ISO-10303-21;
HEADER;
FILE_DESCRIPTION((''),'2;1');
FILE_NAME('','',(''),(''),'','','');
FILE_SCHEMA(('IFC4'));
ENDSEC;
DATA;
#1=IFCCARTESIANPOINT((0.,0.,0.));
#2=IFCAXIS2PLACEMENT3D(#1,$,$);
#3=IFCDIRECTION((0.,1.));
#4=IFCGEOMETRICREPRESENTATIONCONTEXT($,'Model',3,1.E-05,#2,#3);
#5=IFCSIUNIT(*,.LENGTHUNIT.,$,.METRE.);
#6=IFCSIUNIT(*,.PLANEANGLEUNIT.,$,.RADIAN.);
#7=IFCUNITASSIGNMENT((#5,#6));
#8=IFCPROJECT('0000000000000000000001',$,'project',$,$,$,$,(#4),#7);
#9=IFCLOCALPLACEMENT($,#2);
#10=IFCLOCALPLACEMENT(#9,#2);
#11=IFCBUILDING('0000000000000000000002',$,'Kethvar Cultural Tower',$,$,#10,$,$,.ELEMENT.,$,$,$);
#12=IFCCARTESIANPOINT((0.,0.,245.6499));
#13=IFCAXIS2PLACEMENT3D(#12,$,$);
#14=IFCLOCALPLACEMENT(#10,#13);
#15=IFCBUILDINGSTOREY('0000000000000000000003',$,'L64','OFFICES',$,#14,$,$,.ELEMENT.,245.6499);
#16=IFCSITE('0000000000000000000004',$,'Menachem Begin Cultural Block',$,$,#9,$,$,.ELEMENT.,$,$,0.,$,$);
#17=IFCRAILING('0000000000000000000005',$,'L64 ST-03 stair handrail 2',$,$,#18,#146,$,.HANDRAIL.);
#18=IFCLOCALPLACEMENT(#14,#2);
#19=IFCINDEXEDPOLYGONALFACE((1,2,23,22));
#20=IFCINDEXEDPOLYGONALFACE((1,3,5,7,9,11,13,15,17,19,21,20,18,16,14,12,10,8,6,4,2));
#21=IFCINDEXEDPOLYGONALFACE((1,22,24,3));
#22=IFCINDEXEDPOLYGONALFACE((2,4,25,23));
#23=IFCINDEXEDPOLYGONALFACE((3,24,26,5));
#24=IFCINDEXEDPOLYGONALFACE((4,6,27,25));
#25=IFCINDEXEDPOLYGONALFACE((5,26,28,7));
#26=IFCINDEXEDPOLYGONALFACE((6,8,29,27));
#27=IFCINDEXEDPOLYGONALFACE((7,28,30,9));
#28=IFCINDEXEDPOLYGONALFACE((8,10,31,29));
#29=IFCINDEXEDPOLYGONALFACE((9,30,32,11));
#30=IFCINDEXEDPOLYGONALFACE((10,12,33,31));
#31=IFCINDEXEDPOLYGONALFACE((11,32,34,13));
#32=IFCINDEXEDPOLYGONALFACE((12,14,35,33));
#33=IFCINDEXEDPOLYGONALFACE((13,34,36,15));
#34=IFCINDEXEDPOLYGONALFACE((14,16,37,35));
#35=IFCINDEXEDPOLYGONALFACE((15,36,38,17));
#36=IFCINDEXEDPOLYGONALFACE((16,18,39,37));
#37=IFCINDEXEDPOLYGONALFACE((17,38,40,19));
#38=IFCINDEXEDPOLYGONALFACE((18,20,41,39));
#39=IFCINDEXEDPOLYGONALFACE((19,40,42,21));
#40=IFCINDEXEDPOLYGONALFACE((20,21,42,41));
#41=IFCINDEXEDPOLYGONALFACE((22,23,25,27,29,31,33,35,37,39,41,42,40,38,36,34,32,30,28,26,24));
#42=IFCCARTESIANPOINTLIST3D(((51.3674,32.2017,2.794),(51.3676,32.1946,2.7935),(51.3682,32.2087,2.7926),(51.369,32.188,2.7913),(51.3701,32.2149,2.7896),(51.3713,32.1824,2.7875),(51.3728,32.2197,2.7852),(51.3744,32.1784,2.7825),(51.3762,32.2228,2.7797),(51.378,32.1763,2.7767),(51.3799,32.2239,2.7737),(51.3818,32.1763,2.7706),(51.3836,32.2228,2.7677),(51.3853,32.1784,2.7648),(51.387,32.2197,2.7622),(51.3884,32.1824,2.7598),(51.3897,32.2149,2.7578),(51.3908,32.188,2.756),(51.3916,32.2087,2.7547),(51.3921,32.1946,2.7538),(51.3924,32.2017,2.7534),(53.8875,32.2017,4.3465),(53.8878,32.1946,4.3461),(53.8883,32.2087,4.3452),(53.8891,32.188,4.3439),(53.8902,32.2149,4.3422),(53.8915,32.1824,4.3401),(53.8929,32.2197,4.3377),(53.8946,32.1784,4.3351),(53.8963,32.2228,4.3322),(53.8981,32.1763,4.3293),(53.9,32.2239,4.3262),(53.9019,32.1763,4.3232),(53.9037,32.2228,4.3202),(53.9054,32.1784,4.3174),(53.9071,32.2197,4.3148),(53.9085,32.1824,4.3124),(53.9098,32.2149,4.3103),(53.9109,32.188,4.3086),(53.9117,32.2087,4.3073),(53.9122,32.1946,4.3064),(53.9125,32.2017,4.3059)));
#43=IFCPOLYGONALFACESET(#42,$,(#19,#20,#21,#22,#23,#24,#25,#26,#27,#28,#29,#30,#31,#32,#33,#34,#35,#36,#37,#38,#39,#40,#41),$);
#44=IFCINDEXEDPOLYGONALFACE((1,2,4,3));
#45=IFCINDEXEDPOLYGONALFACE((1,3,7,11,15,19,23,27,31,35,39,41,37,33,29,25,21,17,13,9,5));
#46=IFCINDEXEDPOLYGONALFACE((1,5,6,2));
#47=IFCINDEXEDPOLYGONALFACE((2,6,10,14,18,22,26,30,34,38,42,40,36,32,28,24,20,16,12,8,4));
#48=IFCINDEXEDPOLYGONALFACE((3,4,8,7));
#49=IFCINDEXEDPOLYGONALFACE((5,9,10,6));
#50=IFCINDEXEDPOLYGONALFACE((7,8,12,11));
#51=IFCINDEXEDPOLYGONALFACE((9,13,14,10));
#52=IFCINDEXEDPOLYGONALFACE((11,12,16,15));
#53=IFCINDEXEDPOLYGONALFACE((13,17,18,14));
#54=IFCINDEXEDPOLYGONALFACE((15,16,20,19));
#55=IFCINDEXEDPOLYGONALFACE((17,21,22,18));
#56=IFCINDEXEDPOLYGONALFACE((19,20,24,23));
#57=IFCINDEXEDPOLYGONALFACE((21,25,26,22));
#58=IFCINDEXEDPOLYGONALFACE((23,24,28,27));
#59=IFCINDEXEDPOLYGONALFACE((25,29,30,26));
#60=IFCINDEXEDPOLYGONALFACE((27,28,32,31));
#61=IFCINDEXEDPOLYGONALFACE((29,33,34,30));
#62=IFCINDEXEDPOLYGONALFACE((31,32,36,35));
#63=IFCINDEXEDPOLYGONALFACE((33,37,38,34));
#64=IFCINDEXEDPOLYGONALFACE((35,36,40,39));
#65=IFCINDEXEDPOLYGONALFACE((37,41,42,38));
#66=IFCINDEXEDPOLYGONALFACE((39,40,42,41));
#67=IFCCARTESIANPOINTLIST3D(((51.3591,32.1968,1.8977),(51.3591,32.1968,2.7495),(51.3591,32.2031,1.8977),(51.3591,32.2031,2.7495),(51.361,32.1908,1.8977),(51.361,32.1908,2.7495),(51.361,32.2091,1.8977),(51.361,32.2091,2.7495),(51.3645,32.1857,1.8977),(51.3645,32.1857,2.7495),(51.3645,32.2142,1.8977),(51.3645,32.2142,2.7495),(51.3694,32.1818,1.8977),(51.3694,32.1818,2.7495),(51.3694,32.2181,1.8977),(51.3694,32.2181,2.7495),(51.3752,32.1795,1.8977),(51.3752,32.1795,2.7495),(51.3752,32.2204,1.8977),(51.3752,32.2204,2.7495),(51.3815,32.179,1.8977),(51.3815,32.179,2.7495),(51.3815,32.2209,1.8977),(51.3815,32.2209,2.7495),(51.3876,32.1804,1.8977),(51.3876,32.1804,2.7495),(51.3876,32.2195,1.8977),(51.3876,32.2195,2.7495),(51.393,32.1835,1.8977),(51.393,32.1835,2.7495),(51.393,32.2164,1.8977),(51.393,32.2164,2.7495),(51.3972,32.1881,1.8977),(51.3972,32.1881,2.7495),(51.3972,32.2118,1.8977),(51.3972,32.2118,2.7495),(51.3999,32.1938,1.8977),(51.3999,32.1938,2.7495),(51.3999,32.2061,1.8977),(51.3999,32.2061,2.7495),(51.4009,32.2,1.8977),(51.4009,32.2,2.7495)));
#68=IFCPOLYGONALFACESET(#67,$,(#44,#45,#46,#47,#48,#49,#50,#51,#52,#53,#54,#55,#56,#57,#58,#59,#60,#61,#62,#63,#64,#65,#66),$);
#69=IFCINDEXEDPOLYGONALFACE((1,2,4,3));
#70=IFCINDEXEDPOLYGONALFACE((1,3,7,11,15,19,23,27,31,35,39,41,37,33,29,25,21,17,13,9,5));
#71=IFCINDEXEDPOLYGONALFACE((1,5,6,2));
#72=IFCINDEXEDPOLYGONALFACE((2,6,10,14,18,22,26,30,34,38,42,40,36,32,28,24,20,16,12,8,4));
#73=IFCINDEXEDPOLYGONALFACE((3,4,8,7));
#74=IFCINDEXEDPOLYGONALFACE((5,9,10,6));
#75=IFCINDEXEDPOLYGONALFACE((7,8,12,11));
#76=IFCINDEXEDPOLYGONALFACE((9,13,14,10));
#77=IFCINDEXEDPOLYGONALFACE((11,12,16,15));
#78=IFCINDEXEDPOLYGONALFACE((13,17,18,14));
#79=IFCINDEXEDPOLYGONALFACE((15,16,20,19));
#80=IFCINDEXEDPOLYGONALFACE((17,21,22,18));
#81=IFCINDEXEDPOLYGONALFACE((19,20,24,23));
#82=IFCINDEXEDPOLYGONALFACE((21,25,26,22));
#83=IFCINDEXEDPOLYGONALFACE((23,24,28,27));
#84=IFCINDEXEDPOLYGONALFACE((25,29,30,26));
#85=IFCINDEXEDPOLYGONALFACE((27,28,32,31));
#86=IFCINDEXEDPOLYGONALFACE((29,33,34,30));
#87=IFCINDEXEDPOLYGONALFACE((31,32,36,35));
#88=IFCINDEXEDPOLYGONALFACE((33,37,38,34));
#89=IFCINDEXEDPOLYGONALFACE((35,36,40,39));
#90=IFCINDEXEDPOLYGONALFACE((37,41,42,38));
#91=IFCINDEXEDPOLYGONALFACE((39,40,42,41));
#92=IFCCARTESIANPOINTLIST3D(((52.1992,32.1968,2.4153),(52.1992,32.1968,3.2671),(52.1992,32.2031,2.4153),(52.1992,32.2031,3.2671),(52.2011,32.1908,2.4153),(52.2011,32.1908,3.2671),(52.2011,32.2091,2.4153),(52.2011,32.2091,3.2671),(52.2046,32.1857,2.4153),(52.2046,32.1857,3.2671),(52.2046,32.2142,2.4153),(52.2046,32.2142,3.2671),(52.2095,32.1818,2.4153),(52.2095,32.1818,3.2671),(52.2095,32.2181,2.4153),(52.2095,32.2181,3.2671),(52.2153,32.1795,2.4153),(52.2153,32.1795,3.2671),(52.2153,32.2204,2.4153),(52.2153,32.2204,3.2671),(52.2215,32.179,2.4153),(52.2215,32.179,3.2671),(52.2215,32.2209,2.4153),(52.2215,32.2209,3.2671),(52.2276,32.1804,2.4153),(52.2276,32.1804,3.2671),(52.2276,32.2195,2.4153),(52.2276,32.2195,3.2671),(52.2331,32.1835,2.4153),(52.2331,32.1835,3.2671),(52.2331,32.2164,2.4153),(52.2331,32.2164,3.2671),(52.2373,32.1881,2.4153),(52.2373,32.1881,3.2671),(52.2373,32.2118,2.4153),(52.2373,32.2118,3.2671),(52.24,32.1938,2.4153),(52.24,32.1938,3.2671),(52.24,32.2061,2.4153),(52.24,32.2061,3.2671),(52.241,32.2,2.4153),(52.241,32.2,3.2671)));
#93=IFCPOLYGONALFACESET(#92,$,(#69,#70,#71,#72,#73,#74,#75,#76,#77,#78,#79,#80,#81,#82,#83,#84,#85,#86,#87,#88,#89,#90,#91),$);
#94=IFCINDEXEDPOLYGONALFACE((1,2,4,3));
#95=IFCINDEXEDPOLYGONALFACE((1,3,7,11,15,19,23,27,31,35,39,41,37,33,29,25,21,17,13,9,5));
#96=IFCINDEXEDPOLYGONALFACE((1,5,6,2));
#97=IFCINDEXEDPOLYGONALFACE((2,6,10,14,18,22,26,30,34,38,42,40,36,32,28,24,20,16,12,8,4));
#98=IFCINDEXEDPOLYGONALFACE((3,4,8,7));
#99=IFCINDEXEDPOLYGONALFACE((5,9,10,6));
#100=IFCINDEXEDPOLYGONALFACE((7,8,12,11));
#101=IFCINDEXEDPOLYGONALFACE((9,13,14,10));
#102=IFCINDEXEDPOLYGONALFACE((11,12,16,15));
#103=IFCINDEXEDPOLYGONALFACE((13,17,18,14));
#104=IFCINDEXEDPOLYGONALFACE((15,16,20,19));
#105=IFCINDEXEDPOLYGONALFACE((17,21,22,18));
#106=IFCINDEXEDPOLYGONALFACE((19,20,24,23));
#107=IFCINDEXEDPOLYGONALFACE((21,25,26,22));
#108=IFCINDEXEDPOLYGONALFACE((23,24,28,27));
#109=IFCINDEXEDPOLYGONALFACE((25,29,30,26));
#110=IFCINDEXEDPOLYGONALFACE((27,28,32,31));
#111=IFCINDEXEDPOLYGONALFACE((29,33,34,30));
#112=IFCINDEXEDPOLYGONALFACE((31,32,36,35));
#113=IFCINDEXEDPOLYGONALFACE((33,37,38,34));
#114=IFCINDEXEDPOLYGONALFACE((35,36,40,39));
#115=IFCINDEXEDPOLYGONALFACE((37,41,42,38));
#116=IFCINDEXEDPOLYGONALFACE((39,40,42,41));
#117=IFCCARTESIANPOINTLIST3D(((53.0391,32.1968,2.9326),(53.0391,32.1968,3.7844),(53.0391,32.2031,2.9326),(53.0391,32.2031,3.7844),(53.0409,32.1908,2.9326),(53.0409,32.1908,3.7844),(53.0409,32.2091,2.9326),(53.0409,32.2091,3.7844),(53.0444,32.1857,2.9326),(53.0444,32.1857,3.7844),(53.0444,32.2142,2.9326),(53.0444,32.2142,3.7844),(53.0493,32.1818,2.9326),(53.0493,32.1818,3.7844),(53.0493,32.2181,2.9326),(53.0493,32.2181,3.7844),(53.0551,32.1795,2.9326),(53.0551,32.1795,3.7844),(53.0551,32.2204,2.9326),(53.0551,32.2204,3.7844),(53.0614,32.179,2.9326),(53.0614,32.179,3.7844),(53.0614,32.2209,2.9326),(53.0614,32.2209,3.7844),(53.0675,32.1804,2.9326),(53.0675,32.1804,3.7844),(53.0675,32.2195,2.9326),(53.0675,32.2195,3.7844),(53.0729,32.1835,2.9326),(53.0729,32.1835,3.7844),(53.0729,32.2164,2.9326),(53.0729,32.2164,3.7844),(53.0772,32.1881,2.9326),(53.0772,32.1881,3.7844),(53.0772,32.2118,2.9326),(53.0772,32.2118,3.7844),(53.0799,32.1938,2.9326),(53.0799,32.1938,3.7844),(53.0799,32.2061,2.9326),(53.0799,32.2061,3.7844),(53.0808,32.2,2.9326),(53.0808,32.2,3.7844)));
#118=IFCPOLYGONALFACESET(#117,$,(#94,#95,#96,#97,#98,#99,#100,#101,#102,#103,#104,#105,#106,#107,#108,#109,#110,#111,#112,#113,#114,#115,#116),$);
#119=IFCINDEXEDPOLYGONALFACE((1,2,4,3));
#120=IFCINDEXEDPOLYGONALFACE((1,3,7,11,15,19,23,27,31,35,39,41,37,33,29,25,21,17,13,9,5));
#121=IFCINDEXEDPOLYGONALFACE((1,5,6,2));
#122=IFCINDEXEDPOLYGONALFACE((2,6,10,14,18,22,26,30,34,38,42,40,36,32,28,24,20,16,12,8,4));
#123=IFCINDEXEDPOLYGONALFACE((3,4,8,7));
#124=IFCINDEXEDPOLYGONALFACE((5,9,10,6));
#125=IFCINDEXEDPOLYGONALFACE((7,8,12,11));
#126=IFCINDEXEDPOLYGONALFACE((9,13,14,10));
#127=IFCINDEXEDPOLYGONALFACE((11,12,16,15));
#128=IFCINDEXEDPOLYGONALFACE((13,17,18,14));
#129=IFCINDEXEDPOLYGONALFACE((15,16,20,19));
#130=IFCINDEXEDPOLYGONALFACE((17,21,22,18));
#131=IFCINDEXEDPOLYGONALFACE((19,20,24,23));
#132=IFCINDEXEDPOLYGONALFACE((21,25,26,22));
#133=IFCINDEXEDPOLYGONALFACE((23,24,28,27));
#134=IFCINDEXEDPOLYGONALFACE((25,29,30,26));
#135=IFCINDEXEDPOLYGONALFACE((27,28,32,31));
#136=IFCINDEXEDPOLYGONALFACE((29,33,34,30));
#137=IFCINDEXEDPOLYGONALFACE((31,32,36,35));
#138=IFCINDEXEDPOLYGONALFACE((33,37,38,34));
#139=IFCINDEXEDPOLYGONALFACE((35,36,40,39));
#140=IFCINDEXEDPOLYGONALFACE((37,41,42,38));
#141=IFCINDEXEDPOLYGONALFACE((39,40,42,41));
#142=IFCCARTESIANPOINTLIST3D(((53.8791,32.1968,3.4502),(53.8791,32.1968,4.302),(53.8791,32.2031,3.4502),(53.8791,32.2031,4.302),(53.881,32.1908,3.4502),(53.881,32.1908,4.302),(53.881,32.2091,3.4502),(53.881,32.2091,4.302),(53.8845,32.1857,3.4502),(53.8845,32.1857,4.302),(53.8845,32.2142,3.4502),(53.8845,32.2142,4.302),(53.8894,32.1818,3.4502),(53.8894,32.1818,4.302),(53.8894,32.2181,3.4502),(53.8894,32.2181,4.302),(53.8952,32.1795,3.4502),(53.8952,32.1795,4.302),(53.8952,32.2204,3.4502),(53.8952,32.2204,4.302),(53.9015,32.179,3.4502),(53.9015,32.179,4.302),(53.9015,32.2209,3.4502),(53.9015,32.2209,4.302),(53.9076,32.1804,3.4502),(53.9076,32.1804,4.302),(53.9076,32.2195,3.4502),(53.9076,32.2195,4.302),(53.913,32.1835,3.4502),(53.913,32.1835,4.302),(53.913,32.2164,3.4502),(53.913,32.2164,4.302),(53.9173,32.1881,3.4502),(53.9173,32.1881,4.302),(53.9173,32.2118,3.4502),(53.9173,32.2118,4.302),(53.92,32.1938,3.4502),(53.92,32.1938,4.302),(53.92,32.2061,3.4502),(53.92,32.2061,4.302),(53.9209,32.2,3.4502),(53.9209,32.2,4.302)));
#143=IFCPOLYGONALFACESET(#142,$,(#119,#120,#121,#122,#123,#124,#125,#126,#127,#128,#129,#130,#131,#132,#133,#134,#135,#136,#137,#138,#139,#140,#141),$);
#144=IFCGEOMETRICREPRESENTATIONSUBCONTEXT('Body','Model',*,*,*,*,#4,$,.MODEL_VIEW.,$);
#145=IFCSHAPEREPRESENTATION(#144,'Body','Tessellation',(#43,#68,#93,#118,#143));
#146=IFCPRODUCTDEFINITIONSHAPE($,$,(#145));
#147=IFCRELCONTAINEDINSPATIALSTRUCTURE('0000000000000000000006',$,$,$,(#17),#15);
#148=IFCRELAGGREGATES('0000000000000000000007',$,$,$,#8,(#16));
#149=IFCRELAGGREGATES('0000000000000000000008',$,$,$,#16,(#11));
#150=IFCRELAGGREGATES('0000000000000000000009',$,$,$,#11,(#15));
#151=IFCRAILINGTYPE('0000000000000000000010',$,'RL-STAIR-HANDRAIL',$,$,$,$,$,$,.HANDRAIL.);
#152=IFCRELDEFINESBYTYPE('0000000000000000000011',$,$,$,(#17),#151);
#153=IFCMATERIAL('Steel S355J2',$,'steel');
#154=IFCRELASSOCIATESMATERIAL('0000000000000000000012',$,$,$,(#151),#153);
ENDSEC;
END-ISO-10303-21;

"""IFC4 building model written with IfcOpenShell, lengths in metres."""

from ifc_helpers import new_model, si_unit, direction, frame, origin, origin_2d, place, context, subcontext, project, spatial, circle, extrude, material, type_object, element, save


model = new_model("IFC4")

# Units and contexts
model_context = context("Model", 3, precision=1e-05, world=origin(), true_north=direction((0.0, 1.0)))
body_context = subcontext(model_context, "Body", "Model", "MODEL_VIEW")
ifc_project = project(units=[si_unit("LENGTHUNIT", "METRE"), si_unit("PLANEANGLEUNIT", "RADIAN")], contexts=[model_context])

# Site, building, storey
site_placement = place(None, origin())
site = spatial("IfcSite", under=ifc_project, at=site_placement, Name="Menachem Begin Cultural Block", CompositionType="ELEMENT", RefElevation=0.0)
building_placement = place(site_placement, origin())
building = spatial("IfcBuilding", under=site, at=building_placement, Name="Kethvar Cultural Tower", CompositionType="ELEMENT")
storey_placement = place(building_placement, frame((0.0, 0.0, 245.6499)))
storey = spatial("IfcBuildingStorey", under=building, at=storey_placement, Name="L64", Description="OFFICES", CompositionType="ELEMENT", Elevation=245.6499)

# Shared definitions
ifc_material_1 = material(Name="Steel S355J2", Category="steel")

# Railing
railing_type_1 = type_object("IfcRailingType", Name="RL-STAIR-HANDRAIL", PredefinedType="HANDRAIL", material=ifc_material_1)
railing_1_placement = place(storey_placement, frame((51.3799, 32.2, 1.8977)))
element("IfcRailing", 1, at=railing_1_placement, inside=storey, type_object=railing_type_1, Name="L64 ST-03 stair handrail 2", PredefinedType="HANDRAIL", context=body_context, shape_type="SweptSolid", body=[
    extrude(circle(Radius=0.0239, at=origin_2d()), frame((0.0, 0.0, 0.876), z_axis=(0.8514, 0.0, 0.524516), x_axis=(0.0, 1.0, 0.0)), (0.0, 0.0, 1.0), 2.96),
    extrude(circle(Radius=0.021, at=origin_2d()), origin(), (0.0, 0.0, 1.0), 0.8518),
    extrude(circle(Radius=0.021, at=origin_2d()), frame((0.8401, 0.0, 0.5176)), (0.0, 0.0, 1.0), 0.8518),
    extrude(circle(Radius=0.021, at=origin_2d()), frame((1.6799, 0.0, 1.0349)), (0.0, 0.0, 1.0), 0.8518),
    extrude(circle(Radius=0.021, at=origin_2d()), frame((2.52, 0.0, 1.5525)), (0.0, 0.0, 1.0), 0.8518),
])

save(model, "model.ifc")
